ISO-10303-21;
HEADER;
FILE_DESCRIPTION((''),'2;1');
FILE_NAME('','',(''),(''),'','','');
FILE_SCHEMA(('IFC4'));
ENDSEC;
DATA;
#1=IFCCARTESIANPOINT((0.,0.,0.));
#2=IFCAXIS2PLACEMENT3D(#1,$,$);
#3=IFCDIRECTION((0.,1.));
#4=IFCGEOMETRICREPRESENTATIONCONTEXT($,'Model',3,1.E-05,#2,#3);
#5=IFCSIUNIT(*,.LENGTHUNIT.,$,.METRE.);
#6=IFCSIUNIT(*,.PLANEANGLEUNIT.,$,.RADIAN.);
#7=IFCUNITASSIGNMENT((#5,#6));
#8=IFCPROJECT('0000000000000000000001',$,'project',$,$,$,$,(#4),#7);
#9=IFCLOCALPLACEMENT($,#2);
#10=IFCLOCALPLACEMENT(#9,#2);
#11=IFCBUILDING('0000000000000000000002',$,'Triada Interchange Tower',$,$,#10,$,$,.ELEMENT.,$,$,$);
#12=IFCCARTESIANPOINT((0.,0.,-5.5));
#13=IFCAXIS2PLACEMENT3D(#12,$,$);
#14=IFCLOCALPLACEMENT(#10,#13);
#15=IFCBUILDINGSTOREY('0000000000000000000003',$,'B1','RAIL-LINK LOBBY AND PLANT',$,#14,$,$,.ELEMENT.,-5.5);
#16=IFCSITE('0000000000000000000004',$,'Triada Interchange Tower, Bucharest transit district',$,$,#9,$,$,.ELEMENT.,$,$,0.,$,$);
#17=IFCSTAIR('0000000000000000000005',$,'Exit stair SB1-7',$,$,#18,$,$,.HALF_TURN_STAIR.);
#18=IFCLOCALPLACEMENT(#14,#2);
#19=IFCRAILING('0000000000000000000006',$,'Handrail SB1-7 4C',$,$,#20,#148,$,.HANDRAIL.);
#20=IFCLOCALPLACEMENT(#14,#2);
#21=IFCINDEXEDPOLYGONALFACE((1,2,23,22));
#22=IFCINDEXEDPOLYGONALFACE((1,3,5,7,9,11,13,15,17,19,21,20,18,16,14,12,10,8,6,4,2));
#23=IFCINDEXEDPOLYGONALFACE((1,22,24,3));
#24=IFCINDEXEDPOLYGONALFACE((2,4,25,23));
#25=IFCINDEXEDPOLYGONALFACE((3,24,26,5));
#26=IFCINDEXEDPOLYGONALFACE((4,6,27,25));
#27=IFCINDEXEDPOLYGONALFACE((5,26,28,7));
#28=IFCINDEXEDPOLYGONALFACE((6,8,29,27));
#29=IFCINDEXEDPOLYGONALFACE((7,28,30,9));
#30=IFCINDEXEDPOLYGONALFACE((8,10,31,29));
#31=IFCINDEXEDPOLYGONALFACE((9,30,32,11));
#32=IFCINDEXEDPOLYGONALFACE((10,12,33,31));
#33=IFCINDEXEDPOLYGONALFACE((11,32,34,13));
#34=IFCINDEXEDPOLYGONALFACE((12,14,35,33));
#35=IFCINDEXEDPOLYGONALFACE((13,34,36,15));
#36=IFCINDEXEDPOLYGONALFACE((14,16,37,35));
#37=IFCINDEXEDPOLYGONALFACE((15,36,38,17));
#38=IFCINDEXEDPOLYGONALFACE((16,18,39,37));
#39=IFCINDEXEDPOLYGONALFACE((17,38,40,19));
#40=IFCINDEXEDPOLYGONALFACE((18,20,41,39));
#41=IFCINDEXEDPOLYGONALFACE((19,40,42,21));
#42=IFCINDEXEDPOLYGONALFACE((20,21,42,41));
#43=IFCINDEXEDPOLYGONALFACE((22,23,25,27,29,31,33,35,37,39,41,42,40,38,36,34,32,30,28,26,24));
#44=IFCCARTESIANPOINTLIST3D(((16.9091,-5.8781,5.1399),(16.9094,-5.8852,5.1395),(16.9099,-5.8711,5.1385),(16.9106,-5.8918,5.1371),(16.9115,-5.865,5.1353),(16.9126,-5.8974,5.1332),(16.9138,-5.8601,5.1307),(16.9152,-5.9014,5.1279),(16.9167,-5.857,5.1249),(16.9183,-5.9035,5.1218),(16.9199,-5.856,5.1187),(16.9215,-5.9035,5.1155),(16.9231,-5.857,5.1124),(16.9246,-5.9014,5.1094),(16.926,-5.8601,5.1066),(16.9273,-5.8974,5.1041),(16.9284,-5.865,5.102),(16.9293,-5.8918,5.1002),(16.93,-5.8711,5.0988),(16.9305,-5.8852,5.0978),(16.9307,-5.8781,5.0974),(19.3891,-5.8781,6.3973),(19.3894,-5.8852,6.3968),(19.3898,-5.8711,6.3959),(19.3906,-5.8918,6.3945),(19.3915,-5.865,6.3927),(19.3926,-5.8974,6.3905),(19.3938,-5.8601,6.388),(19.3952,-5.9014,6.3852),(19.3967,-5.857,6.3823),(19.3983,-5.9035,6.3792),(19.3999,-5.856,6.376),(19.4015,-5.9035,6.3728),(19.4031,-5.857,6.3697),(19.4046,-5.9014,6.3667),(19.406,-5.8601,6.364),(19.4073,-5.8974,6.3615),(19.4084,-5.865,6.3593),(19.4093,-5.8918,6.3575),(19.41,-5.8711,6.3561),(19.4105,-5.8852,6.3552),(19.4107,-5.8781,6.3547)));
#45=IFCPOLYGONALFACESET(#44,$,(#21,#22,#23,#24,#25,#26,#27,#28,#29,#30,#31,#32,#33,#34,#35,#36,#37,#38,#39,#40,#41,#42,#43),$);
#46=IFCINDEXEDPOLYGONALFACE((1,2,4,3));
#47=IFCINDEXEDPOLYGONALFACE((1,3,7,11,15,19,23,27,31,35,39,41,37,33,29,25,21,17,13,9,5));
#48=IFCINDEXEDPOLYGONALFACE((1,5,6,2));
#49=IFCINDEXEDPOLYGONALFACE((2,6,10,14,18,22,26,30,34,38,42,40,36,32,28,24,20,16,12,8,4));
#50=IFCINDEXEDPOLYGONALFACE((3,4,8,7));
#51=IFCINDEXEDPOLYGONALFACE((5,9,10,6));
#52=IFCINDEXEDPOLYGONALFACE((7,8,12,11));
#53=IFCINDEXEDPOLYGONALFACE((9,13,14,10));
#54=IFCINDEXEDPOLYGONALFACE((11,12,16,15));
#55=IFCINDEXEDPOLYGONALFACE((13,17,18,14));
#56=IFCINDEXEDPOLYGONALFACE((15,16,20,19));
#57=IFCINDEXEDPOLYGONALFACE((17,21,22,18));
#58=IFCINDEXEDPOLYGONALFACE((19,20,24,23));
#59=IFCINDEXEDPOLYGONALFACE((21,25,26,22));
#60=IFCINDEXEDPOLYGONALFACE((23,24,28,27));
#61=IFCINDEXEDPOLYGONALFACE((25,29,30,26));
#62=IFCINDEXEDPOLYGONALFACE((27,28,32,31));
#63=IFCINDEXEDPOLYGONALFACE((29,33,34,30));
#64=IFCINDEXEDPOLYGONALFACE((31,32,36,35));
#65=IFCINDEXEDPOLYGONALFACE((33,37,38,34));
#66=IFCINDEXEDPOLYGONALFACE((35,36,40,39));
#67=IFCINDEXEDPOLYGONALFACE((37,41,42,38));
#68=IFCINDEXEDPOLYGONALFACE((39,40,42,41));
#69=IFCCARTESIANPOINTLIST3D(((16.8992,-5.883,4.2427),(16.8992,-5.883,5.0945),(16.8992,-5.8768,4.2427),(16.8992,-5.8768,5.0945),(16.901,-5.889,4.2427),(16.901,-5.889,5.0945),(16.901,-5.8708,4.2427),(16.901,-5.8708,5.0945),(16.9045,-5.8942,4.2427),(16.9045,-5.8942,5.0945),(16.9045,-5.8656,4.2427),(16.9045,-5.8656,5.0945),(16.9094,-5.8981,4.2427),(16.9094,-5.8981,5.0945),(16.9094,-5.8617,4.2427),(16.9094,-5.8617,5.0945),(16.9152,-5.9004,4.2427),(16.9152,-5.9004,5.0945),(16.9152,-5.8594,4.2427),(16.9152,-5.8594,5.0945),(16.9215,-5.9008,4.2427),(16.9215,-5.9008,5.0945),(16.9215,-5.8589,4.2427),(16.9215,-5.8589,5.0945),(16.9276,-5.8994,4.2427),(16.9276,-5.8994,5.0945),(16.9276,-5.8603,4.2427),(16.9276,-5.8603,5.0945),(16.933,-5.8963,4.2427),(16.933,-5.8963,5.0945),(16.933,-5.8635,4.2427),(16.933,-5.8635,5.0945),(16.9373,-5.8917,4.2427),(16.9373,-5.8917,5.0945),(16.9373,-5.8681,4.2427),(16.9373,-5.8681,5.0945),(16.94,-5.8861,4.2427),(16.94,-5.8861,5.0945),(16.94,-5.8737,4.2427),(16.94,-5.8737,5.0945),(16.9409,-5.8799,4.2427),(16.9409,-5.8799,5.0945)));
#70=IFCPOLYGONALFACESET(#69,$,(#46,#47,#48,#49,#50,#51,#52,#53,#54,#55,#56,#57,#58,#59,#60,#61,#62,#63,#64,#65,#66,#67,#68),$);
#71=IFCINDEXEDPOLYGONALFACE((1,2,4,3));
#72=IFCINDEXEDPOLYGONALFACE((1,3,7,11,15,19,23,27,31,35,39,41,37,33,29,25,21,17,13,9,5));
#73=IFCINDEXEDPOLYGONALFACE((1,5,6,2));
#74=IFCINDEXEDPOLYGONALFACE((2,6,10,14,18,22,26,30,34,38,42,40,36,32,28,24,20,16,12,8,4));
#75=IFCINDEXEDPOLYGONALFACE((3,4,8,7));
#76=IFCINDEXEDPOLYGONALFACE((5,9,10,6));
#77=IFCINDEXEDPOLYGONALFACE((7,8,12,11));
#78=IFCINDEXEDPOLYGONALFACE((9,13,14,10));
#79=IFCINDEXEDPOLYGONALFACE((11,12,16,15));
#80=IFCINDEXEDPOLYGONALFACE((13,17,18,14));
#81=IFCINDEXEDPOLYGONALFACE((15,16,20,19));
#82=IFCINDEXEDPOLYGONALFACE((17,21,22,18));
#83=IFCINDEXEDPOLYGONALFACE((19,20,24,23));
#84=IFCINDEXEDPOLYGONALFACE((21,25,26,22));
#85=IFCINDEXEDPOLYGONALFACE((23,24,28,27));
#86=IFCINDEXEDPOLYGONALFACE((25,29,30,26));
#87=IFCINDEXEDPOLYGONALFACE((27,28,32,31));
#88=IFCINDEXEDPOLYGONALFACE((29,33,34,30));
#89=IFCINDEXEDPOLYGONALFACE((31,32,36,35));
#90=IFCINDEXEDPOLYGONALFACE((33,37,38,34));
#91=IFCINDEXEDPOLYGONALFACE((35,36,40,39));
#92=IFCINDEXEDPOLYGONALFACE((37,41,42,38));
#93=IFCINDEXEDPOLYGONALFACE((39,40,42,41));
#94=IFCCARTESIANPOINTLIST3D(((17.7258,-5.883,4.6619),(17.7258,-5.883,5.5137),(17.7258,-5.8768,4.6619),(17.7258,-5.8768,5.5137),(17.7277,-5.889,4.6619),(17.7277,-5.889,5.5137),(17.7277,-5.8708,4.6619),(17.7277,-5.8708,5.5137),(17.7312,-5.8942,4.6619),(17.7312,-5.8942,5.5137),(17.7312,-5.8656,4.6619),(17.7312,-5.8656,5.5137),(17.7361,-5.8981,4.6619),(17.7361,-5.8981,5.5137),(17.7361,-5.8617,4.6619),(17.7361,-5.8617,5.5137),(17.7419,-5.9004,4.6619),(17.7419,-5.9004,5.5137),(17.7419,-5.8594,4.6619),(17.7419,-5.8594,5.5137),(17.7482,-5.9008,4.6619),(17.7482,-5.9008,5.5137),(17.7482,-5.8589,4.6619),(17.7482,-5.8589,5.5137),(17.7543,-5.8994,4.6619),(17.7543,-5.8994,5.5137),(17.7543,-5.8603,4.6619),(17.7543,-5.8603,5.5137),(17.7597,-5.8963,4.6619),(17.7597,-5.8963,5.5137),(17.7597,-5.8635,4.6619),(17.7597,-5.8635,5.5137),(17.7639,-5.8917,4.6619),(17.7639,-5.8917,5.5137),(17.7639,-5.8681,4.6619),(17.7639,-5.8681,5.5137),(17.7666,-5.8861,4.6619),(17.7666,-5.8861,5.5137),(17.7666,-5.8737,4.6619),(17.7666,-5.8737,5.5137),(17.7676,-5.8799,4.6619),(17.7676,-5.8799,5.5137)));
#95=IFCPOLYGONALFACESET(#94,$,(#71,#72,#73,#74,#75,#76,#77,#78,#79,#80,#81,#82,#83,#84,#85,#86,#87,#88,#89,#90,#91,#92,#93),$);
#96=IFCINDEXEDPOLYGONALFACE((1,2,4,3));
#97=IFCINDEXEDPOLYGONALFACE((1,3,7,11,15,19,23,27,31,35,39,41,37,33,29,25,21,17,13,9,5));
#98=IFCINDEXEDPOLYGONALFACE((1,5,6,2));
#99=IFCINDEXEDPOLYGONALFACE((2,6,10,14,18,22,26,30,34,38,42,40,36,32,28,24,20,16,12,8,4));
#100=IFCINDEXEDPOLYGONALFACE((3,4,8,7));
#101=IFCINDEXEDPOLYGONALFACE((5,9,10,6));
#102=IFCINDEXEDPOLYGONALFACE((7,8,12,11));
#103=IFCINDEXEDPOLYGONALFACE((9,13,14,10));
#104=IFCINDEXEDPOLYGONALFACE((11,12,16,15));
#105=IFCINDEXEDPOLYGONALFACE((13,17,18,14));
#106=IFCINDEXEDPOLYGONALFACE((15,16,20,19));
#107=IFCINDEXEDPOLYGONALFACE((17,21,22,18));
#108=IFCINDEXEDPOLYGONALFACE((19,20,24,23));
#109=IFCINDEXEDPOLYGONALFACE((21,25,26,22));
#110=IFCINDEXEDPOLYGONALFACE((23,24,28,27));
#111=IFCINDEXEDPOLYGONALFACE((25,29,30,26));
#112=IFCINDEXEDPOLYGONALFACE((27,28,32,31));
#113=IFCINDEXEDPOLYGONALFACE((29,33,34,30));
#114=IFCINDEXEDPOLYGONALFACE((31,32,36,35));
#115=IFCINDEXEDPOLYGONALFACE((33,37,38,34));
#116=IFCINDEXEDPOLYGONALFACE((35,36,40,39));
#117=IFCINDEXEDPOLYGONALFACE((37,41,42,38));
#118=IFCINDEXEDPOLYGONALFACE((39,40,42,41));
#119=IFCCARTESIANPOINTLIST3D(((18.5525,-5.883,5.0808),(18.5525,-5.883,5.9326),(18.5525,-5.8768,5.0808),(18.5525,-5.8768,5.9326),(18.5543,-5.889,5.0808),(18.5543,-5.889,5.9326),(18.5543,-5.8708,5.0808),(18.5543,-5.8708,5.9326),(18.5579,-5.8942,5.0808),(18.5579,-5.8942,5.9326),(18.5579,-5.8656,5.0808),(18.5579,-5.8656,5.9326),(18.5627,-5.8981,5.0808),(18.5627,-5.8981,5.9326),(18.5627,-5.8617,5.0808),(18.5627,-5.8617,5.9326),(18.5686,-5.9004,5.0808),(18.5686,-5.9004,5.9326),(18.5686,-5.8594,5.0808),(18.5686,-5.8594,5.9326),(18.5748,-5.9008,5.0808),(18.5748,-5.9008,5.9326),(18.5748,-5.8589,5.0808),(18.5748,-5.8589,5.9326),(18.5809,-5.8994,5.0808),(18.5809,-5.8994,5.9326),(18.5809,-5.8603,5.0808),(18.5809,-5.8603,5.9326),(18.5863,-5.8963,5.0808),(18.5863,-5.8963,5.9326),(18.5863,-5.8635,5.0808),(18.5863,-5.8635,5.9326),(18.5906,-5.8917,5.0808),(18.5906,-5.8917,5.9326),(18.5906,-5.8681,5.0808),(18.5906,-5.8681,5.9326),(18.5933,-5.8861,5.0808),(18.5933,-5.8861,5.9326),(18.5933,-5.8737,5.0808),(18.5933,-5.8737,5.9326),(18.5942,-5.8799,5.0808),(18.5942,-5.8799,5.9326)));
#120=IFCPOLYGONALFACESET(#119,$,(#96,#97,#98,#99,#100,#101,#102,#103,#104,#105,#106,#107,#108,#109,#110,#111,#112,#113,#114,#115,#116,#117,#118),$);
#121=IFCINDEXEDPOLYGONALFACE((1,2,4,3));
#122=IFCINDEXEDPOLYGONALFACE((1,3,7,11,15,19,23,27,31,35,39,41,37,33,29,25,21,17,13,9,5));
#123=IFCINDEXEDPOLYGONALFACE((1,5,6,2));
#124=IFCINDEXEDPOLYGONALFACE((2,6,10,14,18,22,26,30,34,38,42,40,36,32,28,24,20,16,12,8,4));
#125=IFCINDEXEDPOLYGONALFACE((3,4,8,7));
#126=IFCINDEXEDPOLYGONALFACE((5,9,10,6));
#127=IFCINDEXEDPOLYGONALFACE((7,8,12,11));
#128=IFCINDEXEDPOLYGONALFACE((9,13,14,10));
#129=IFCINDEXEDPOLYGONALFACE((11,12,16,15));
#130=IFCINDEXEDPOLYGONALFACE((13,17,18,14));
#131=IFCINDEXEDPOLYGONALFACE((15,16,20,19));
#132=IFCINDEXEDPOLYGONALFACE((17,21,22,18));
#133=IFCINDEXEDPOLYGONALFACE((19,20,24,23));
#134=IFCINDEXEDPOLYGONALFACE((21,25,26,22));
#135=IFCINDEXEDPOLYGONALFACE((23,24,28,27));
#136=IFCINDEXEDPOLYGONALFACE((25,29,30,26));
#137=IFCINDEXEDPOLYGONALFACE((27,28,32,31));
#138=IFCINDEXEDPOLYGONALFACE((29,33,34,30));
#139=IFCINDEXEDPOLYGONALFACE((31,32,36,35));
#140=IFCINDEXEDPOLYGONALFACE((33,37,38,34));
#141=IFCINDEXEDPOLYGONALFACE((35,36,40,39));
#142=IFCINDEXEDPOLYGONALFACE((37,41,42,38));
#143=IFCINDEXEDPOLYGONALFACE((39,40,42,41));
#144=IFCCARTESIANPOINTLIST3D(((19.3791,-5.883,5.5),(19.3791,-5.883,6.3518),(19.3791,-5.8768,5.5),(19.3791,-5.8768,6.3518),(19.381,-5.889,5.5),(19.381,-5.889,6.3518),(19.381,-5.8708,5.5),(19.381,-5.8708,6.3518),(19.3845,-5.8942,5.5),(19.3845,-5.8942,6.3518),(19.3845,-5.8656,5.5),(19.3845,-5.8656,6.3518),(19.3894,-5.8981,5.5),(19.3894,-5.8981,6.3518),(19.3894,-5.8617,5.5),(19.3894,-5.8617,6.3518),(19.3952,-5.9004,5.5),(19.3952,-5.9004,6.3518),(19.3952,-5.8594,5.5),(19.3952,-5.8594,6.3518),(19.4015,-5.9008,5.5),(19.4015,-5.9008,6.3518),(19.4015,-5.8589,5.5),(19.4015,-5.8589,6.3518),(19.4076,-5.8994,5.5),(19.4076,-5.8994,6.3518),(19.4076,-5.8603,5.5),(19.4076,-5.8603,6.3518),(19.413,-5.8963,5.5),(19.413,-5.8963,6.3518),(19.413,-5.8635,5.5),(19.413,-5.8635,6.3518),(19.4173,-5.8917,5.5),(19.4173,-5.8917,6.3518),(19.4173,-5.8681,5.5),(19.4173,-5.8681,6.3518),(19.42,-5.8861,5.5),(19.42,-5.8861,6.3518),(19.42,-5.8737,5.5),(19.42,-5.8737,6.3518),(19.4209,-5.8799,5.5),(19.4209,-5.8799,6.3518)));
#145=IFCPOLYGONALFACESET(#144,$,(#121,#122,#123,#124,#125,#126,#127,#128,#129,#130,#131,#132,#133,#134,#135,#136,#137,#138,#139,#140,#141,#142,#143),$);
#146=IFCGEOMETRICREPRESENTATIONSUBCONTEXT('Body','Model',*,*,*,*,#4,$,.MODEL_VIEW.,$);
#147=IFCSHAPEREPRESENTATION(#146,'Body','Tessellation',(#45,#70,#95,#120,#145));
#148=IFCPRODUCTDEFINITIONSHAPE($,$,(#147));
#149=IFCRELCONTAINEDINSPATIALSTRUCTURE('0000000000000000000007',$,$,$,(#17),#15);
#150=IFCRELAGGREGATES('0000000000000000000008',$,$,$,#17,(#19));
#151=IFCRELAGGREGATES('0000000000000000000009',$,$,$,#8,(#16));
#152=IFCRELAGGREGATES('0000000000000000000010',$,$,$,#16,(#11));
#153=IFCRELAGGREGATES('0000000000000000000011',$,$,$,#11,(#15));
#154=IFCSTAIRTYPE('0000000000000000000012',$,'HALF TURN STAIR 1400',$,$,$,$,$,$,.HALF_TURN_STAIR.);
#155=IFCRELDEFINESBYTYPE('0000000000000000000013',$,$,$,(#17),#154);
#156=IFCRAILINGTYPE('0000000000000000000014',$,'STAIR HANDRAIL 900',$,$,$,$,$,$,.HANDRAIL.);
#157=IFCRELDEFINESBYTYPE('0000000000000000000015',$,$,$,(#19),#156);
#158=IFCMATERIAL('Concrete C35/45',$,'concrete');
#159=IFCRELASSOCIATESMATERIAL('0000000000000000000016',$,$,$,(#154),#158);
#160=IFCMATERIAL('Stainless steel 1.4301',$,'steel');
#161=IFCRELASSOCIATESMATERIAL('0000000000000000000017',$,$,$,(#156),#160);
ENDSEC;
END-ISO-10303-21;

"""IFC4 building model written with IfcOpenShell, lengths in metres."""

from ifc_helpers import new_model, si_unit, direction, frame, origin, origin_2d, place, context, subcontext, project, spatial, circle, extrude, material, type_object, element, aggregate, save


model = new_model("IFC4")

# Units and contexts
model_context = context("Model", 3, precision=1e-05, world=origin(), true_north=direction((0.0, 1.0)))
body_context = subcontext(model_context, "Body", "Model", "MODEL_VIEW")
ifc_project = project(units=[si_unit("LENGTHUNIT", "METRE"), si_unit("PLANEANGLEUNIT", "RADIAN")], contexts=[model_context])

# Site, building, storey
site_placement = place(None, origin())
site = spatial("IfcSite", under=ifc_project, at=site_placement, Name="Triada Interchange Tower, Bucharest transit district", CompositionType="ELEMENT", RefElevation=0.0)
building_placement = place(site_placement, origin())
building = spatial("IfcBuilding", under=site, at=building_placement, Name="Triada Interchange Tower", CompositionType="ELEMENT")
storey_placement = place(building_placement, frame((0.0, 0.0, -5.5)))
storey = spatial("IfcBuildingStorey", under=building, at=storey_placement, Name="B1", Description="RAIL-LINK LOBBY AND PLANT", CompositionType="ELEMENT", Elevation=-5.5)

# Shared definitions
ifc_material_1 = material(Name="Concrete C35/45", Category="concrete")

# Stair
stair_type = type_object("IfcStairType", Name="HALF TURN STAIR 1400", PredefinedType="HALF_TURN_STAIR", material=ifc_material_1)
stair_1_placement = place(storey_placement, origin())
stair_1 = element("IfcStair", 1, at=stair_1_placement, inside=storey, type_object=stair_type, Name="Exit stair SB1-7", PredefinedType="HALF_TURN_STAIR")

# Shared definitions
ifc_material_2 = material(Name="Stainless steel 1.4301", Category="steel")
railing_type_1 = type_object("IfcRailingType", Name="STAIR HANDRAIL 900", PredefinedType="HANDRAIL", material=ifc_material_2)

# Railing
railing_1_placement = place(storey_placement, frame((16.9199, -5.8799, 4.2427)))
railing_1 = element("IfcRailing", 2, at=railing_1_placement, type_object=railing_type_1, Name="Handrail SB1-7 4C", PredefinedType="HANDRAIL", context=body_context, shape_type="SweptSolid", body=[
    extrude(circle(Radius=0.0239, at=origin_2d()), frame((0.0, 0.0, 0.876), z_axis=(0.89192, 0.0, 0.452194), x_axis=(0.0, 1.0, 0.0)), (0.0, 0.0, 1.0), 2.7805),
    extrude(circle(Radius=0.021, at=origin_2d()), origin(), (0.0, 0.0, 1.0), 0.8518),
    extrude(circle(Radius=0.021, at=origin_2d()), frame((0.8267, 0.0, 0.4192)), (0.0, 0.0, 1.0), 0.8518),
    extrude(circle(Radius=0.021, at=origin_2d()), frame((1.6533, 0.0, 0.8381)), (0.0, 0.0, 1.0), 0.8518),
    extrude(circle(Radius=0.021, at=origin_2d()), frame((2.48, 0.0, 1.2573)), (0.0, 0.0, 1.0), 0.8518),
])
aggregate(stair_1, [railing_1])

save(model, "model.ifc")
